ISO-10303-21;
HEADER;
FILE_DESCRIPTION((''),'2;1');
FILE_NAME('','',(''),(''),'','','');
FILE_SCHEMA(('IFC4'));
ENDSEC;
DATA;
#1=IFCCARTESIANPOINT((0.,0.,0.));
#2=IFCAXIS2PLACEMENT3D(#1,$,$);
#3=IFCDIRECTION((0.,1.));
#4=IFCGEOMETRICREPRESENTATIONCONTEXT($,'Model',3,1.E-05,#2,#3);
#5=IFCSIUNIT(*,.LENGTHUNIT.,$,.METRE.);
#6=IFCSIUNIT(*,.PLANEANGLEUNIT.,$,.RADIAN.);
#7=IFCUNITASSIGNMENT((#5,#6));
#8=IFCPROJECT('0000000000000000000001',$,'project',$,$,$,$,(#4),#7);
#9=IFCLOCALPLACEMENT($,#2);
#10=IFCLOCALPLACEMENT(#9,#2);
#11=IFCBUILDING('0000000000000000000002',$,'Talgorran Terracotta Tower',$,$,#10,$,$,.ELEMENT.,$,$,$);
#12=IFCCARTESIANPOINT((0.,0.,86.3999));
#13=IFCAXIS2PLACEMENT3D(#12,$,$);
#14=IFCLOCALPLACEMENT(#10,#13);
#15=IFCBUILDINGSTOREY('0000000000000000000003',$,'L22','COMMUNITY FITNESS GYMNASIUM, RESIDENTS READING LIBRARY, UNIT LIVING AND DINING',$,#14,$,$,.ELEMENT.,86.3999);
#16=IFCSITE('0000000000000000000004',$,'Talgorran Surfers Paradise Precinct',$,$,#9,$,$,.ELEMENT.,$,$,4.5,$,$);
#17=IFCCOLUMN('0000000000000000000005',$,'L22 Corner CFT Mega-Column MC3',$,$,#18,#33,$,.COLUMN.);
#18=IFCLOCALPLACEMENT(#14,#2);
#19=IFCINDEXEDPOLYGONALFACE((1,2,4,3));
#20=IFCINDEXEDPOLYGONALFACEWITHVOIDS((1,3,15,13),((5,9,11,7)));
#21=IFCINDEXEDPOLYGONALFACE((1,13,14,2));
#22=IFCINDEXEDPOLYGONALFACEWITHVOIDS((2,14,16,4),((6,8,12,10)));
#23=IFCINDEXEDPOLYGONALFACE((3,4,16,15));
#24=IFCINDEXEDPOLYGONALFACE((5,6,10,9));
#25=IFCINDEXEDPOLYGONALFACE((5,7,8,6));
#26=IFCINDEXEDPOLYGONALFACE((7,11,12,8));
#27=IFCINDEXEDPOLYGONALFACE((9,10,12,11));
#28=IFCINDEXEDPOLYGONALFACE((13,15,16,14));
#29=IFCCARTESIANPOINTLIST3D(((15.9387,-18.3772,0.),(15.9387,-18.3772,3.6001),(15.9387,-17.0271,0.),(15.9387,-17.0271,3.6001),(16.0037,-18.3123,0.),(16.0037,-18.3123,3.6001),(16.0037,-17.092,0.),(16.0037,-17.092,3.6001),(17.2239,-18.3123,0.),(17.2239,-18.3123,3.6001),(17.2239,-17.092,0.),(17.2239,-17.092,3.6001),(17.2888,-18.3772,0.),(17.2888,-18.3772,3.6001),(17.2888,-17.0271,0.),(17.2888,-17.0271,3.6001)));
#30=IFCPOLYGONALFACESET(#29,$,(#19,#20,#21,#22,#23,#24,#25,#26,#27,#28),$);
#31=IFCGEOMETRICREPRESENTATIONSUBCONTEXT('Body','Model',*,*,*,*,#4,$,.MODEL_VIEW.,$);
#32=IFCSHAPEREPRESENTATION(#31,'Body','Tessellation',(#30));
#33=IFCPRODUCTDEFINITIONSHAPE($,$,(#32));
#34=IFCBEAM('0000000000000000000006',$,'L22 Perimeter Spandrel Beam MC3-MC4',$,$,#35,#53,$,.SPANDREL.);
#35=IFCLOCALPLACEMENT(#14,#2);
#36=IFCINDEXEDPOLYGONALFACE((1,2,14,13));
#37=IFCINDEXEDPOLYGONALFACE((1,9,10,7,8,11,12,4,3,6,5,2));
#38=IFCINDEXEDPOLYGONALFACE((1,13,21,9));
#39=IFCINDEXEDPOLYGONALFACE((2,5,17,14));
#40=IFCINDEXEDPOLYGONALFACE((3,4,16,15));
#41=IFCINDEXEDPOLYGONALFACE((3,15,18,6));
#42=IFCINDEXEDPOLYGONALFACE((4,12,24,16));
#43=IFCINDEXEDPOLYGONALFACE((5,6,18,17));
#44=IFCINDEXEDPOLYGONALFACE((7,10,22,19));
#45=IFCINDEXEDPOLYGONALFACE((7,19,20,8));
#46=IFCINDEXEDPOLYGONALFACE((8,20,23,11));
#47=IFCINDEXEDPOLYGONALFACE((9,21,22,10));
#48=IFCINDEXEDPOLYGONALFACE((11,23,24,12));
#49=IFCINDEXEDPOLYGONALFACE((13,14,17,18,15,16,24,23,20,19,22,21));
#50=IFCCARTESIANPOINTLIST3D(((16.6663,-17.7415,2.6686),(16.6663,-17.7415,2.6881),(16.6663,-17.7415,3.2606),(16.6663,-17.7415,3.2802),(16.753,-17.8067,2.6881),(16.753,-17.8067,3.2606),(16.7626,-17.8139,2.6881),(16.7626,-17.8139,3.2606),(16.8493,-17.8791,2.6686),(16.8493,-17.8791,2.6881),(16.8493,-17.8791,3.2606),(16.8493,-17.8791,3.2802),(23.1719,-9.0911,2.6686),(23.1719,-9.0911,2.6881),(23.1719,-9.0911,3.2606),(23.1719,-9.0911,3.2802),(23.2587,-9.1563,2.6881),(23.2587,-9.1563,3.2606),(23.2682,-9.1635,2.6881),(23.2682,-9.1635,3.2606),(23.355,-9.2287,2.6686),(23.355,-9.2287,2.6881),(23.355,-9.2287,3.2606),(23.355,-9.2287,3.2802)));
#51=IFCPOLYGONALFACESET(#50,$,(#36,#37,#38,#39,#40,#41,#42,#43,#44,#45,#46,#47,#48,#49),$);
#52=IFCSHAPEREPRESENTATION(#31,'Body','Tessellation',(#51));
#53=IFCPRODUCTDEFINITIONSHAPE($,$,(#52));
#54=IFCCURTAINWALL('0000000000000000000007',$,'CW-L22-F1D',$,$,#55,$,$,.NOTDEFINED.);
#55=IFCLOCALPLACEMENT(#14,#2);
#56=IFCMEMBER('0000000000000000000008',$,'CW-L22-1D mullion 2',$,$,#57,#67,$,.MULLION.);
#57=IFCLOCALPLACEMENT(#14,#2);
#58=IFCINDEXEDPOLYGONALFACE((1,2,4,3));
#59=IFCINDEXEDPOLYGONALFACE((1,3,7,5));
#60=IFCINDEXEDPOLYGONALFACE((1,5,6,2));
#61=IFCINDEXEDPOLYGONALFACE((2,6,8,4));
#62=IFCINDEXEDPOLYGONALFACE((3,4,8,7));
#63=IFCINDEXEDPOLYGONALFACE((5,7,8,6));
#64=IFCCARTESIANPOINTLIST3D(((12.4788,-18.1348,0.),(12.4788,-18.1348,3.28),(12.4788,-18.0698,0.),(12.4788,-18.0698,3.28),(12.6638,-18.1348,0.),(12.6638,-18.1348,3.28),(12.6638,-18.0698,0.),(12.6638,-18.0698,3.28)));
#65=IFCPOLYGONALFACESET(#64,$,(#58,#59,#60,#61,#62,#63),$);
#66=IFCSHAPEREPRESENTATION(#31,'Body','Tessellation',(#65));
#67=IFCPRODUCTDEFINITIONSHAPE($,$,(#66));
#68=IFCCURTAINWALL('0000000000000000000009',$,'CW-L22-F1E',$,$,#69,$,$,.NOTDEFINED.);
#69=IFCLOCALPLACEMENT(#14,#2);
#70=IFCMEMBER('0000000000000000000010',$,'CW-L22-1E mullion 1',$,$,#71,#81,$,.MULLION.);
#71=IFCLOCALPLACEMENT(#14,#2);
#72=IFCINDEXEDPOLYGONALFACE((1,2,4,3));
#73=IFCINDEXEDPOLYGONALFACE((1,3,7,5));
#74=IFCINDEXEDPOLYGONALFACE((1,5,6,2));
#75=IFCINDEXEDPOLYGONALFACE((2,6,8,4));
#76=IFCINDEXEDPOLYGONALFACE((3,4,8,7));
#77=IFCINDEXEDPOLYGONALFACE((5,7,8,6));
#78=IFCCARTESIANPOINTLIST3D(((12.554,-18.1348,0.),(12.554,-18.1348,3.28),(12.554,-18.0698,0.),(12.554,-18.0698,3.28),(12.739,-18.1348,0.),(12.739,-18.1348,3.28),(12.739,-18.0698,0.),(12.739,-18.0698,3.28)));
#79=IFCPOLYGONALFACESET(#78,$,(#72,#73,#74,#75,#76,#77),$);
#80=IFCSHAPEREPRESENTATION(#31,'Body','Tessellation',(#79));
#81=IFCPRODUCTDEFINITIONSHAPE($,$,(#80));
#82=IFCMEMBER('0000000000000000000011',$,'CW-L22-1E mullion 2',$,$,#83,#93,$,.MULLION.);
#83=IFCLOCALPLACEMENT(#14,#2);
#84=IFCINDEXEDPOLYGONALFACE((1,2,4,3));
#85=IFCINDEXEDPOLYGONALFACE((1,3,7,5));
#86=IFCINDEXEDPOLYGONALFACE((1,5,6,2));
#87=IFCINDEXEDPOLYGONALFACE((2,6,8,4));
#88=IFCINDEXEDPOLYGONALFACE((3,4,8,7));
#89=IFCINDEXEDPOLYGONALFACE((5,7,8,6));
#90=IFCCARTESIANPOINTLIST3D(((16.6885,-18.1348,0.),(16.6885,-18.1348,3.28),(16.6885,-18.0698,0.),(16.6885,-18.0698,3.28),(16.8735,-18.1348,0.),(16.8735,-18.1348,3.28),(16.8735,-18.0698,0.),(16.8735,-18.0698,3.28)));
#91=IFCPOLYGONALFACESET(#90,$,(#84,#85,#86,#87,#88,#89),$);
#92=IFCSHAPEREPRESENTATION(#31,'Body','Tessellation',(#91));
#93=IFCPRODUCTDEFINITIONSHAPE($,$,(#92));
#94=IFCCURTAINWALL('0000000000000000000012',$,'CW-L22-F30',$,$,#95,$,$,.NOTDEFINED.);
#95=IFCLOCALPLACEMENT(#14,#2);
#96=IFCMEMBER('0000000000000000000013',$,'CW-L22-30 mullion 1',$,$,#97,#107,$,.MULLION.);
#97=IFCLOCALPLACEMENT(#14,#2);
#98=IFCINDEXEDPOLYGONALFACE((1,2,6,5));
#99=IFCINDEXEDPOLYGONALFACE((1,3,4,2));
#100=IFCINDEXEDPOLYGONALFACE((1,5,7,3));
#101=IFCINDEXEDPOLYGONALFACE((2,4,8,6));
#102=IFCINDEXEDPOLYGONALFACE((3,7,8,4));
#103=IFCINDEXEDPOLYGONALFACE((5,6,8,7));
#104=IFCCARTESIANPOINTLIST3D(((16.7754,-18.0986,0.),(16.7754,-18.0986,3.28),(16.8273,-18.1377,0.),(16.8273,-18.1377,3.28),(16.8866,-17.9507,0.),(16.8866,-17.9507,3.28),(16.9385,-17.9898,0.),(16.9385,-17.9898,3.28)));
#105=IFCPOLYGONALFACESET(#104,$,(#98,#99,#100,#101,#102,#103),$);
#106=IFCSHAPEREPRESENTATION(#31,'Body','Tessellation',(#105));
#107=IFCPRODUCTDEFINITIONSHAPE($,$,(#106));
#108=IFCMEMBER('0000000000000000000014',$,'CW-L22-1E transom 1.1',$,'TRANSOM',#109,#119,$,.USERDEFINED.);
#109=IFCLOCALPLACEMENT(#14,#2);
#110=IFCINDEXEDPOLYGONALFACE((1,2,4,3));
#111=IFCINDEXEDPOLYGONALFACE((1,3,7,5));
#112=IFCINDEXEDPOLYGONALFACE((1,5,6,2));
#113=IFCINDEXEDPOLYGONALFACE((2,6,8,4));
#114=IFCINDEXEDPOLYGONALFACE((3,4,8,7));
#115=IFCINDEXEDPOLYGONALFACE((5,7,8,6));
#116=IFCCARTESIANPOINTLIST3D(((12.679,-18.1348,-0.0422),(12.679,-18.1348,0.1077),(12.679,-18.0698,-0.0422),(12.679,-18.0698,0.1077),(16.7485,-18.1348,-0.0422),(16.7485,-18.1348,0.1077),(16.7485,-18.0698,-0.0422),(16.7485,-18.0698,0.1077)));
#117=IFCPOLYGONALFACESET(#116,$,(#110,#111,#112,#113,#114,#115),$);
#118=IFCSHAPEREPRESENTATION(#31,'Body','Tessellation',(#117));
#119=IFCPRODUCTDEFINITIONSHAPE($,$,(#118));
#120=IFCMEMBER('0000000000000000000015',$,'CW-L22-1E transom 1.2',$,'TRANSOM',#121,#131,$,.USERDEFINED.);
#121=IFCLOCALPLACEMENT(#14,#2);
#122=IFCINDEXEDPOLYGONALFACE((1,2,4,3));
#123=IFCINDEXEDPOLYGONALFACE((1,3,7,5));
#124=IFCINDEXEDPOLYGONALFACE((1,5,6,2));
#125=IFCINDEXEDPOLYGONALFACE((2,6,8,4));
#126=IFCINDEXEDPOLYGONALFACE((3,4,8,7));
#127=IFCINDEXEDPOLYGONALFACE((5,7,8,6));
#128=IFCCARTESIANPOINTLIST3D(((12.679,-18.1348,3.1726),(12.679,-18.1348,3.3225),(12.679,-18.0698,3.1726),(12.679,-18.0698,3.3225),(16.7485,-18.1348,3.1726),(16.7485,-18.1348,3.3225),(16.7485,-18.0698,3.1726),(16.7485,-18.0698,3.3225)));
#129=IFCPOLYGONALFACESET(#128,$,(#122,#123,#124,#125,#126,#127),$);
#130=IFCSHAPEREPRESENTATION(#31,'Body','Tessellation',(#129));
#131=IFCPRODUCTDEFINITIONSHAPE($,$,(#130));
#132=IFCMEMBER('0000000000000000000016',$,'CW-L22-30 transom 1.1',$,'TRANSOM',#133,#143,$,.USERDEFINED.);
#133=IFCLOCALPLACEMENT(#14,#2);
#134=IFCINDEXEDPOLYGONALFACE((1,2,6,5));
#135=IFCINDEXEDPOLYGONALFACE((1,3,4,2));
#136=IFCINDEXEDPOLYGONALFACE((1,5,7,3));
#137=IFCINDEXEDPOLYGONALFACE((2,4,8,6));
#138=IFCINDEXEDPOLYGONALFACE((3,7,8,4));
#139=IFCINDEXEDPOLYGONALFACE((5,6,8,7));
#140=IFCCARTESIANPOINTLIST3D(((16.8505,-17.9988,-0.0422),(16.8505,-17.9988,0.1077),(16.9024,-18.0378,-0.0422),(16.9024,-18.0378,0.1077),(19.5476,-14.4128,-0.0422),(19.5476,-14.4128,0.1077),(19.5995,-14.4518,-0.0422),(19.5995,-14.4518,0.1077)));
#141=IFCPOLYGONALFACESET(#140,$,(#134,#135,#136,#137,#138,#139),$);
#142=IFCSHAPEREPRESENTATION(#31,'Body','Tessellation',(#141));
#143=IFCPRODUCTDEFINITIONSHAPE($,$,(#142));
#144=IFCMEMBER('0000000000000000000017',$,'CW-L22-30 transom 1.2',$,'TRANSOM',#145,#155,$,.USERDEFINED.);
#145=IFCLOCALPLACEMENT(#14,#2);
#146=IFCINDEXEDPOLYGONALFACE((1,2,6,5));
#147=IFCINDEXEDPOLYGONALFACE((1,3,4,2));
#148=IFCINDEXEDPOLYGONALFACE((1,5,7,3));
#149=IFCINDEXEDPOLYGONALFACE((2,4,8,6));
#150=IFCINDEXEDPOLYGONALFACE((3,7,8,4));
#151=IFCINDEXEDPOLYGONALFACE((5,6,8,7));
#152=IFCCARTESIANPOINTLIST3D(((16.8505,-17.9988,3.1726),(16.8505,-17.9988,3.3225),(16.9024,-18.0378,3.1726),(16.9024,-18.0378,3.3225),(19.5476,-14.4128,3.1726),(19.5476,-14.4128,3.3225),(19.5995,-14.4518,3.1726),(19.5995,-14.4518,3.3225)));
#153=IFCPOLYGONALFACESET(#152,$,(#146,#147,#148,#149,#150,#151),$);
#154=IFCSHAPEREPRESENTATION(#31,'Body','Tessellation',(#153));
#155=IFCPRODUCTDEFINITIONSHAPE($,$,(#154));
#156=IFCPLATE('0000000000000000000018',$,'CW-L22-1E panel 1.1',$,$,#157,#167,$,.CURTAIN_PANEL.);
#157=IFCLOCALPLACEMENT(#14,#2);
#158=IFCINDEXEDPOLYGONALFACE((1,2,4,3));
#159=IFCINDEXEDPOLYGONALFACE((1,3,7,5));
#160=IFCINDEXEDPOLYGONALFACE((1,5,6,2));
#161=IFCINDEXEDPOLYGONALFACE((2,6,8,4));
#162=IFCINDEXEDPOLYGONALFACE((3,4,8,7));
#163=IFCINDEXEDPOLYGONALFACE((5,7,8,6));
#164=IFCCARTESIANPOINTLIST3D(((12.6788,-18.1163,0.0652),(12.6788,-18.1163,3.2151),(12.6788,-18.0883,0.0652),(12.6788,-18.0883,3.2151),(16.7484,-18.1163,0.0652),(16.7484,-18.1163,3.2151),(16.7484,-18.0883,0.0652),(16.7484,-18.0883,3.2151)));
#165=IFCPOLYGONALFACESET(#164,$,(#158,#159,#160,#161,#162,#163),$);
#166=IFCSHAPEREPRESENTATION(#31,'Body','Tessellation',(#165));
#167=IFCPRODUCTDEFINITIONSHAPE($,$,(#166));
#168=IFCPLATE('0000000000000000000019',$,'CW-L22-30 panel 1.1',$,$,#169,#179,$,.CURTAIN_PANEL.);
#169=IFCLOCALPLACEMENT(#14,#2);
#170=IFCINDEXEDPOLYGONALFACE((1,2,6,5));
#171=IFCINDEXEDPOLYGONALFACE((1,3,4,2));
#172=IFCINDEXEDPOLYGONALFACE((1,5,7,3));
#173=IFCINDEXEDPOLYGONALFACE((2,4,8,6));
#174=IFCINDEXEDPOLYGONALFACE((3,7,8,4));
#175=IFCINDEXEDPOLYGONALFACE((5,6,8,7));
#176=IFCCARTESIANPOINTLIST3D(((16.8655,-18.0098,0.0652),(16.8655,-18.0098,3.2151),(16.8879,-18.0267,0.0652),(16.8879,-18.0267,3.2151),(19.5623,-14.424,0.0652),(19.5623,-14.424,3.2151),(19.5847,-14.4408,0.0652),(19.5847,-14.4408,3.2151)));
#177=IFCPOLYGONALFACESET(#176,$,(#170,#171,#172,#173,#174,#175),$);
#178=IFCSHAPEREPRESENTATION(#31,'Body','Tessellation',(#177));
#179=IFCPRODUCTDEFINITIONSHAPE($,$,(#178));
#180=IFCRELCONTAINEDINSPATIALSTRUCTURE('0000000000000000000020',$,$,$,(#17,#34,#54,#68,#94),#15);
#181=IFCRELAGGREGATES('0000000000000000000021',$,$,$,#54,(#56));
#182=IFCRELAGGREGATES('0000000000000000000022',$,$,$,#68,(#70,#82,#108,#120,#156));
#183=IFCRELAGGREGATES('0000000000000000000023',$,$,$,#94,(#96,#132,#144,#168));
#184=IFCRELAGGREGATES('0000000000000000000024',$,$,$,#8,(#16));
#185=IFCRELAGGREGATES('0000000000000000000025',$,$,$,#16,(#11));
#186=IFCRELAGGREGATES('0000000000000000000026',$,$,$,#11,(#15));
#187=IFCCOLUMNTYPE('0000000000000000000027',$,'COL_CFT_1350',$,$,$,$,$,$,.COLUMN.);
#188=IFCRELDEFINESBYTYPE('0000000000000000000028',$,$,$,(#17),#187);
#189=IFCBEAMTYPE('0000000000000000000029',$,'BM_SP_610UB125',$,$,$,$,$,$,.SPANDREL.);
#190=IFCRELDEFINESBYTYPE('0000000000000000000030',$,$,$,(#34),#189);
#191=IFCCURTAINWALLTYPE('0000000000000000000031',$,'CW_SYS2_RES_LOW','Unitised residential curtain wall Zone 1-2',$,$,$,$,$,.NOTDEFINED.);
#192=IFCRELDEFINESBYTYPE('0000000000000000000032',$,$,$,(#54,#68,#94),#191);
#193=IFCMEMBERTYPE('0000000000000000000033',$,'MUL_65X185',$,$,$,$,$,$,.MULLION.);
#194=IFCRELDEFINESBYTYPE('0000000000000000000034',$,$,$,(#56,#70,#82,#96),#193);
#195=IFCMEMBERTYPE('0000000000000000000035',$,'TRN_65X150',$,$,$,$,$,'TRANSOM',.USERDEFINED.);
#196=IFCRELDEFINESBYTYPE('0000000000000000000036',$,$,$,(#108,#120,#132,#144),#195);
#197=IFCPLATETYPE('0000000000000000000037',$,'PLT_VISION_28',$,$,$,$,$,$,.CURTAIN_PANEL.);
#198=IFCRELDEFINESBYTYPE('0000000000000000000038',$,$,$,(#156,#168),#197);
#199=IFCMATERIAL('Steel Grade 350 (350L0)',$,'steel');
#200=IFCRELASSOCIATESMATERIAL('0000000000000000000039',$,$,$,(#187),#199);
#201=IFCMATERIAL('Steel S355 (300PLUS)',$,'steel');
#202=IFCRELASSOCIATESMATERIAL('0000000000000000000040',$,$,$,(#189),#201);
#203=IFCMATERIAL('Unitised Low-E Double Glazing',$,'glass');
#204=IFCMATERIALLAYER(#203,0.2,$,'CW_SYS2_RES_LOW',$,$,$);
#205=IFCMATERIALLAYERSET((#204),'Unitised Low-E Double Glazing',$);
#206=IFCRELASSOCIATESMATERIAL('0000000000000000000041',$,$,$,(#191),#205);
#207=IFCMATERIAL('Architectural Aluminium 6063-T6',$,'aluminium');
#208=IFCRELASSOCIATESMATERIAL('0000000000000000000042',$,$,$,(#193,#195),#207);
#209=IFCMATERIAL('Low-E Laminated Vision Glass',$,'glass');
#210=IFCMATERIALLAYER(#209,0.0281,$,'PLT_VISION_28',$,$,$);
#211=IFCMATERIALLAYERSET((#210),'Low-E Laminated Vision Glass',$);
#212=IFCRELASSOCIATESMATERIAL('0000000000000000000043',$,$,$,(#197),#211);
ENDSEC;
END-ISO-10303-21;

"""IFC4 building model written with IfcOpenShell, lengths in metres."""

from ifc_helpers import new_model, si_unit, direction, frame, origin, origin_2d, place, context, subcontext, project, spatial, rectangle, hollow_rectangle, i_section, extrude, source, transform, mapped, material, layer, layer_set, material_profile, profile_set, type_object, type_shapes, element, aggregate, save


model = new_model("IFC4")

# Units and contexts
model_context = context("Model", 3, precision=1e-05, world=origin(), true_north=direction((0.0, 1.0)))
body_context = subcontext(model_context, "Body", "Model", "MODEL_VIEW")
ifc_project = project(units=[si_unit("LENGTHUNIT", "METRE"), si_unit("PLANEANGLEUNIT", "RADIAN")], contexts=[model_context])

# Site, building, storey
site_placement = place(None, origin())
site = spatial("IfcSite", under=ifc_project, at=site_placement, Name="Talgorran Surfers Paradise Precinct", CompositionType="ELEMENT", RefElevation=4.5)
building_placement = place(site_placement, origin())
building = spatial("IfcBuilding", under=site, at=building_placement, Name="Talgorran Terracotta Tower", CompositionType="ELEMENT")
storey_placement = place(building_placement, frame((0.0, 0.0, 86.3999)))
storey = spatial("IfcBuildingStorey", under=building, at=storey_placement, Name="L22", Description="COMMUNITY FITNESS GYMNASIUM, RESIDENTS READING LIBRARY, UNIT LIVING AND DINING", CompositionType="ELEMENT", Elevation=86.3999)

# Column
ifc_material_1 = material(Name="Steel Grade 350 (350L0)", Category="steel")
ifc_material_profile_1 = material_profile(ifc_material_1, hollow_rectangle(XDim=1.3501, YDim=1.3501, WallThickness=0.0649, at=origin_2d()), Name="CFT1350X1350X65")
ifc_profile_set_1 = profile_set([ifc_material_profile_1], Name="Steel Grade 350 (350L0)")
column_type = type_object("IfcColumnType", Name="COL_CFT_1350", PredefinedType="COLUMN", material=ifc_profile_set_1)
column_placement = place(storey_placement, frame((16.6138, -17.7021, 0.0), z_axis=(0.0, 0.0, 1.0), x_axis=(1.0, 0.0, 0.0)))
element("IfcColumn", 1, at=column_placement, inside=storey, type_object=column_type, Name="L22 Corner CFT Mega-Column MC3", PredefinedType="COLUMN", context=body_context, shape_type="SweptSolid", body=[
    extrude(hollow_rectangle(XDim=1.3501, YDim=1.3501, WallThickness=0.0649, at=origin_2d()), origin(), (0.0, 0.0, 1.0), 3.6001),
])

# Beam
ifc_material_2 = material(Name="Steel S355 (300PLUS)", Category="steel")
ifc_material_profile_2 = material_profile(ifc_material_2, i_section(OverallWidth=0.229, OverallDepth=0.6116, WebThickness=0.012, FlangeThickness=0.0195, at=origin_2d()), Name="610UB125")
ifc_profile_set_2 = profile_set([ifc_material_profile_2], Name="Steel S355 (300PLUS)")
beam_type = type_object("IfcBeamType", Name="BM_SP_610UB125", PredefinedType="SPANDREL", material=ifc_profile_set_2)
beam_placement = place(storey_placement, frame((16.7578, -17.8103, 2.9744), z_axis=(0.601053, 0.799209, 0.0), x_axis=(-0.799209, 0.601053, 0.0)))
element("IfcBeam", 2, at=beam_placement, inside=storey, type_object=beam_type, Name="L22 Perimeter Spandrel Beam MC3-MC4", PredefinedType="SPANDREL", context=body_context, shape_type="SweptSolid", body=[
    extrude(i_section(OverallWidth=0.229, OverallDepth=0.6116, WebThickness=0.012, FlangeThickness=0.0195, at=origin_2d()), origin(), (0.0, 0.0, 1.0), 10.8237),
])

# Curtain wall, member
ifc_material_3 = material(Name="Unitised Low-E Double Glazing", Category="glass")
ifc_layer_1 = layer(ifc_material_3, 0.2, Name="CW_SYS2_RES_LOW")
ifc_layer_set_1 = layer_set([ifc_layer_1], Name="Unitised Low-E Double Glazing")
curtain_wall_type = type_object("IfcCurtainWallType", Name="CW_SYS2_RES_LOW", Description="Unitised residential curtain wall Zone 1-2", PredefinedType="NOTDEFINED", material=ifc_layer_set_1)
curtain_wall_1_placement = place(storey_placement, origin())
curtain_wall_1 = element("IfcCurtainWall", 3, at=curtain_wall_1_placement, inside=storey, type_object=curtain_wall_type, Name="CW-L22-F1D", PredefinedType="NOTDEFINED")
ifc_material_4 = material(Name="Architectural Aluminium 6063-T6", Category="aluminium")
ifc_material_profile_3 = material_profile(ifc_material_4, rectangle(XDim=0.0649, YDim=0.1851, at=origin_2d()), Name="CWM65X185")
ifc_profile_set_3 = profile_set([ifc_material_profile_3], Name="Architectural Aluminium 6063-T6")
member_type_1 = type_object("IfcMemberType", Name="MUL_65X185", PredefinedType="MULLION", material=ifc_profile_set_3)
member_1_placement = place(storey_placement, frame((12.5713, -18.1023, 0.0), z_axis=(0.0, 0.0, 1.0), x_axis=(0.0, 1.0, 0.0)))
member_1 = element("IfcMember", 4, at=member_1_placement, type_object=member_type_1, Name="CW-L22-1D mullion 2", PredefinedType="MULLION", context=body_context, shape_type="SweptSolid", body=[
    extrude(rectangle(XDim=0.0649, YDim=0.1851, at=origin_2d()), origin(), (0.0, 0.0, 1.0), 3.28),
])
aggregate(curtain_wall_1, [member_1])

# Curtain wall, members
curtain_wall_2_placement = place(storey_placement, origin())
curtain_wall_2 = element("IfcCurtainWall", 5, at=curtain_wall_2_placement, inside=storey, type_object=curtain_wall_type, Name="CW-L22-F1E", PredefinedType="NOTDEFINED")
member_2_placement = place(storey_placement, frame((12.6465, -18.1023, 0.0), z_axis=(0.0, 0.0, 1.0), x_axis=(0.0, 1.0, 0.0)))
member_2 = element("IfcMember", 6, at=member_2_placement, type_object=member_type_1, Name="CW-L22-1E mullion 1", PredefinedType="MULLION", context=body_context, shape_type="SweptSolid", body=[
    extrude(rectangle(XDim=0.0649, YDim=0.1851, at=origin_2d()), origin(), (0.0, 0.0, 1.0), 3.28),
])
member_3_placement = place(storey_placement, frame((16.781, -18.1023, 0.0), z_axis=(0.0, 0.0, 1.0), x_axis=(0.0, 1.0, 0.0)))
member_3 = element("IfcMember", 7, at=member_3_placement, type_object=member_type_1, Name="CW-L22-1E mullion 2", PredefinedType="MULLION", context=body_context, shape_type="SweptSolid", body=[
    extrude(rectangle(XDim=0.0649, YDim=0.1851, at=origin_2d()), origin(), (0.0, 0.0, 1.0), 3.28),
])

# Curtain wall, member
curtain_wall_3_placement = place(storey_placement, origin())
curtain_wall_3 = element("IfcCurtainWall", 8, at=curtain_wall_3_placement, inside=storey, type_object=curtain_wall_type, Name="CW-L22-F30", PredefinedType="NOTDEFINED")
member_4_placement = place(storey_placement, frame((16.8569, -18.0442, 0.0), z_axis=(0.0, 0.0, 1.0), x_axis=(-0.799204, 0.60106, 0.0)))
member_4 = element("IfcMember", 9, at=member_4_placement, type_object=member_type_1, Name="CW-L22-30 mullion 1", PredefinedType="MULLION", context=body_context, shape_type="SweptSolid", body=[
    extrude(rectangle(XDim=0.0649, YDim=0.1851, at=origin_2d()), origin(), (0.0, 0.0, 1.0), 3.28),
])

# Members
ifc_material_profile_4 = material_profile(ifc_material_4, rectangle(XDim=0.0649, YDim=0.1499, at=origin_2d()), Name="CWT65X150")
ifc_profile_set_4 = profile_set([ifc_material_profile_4], Name="Architectural Aluminium 6063-T6")
member_type_2 = type_object("IfcMemberType", Name="TRN_65X150", ElementType="TRANSOM", PredefinedType="USERDEFINED", material=ifc_profile_set_4)
member_5_placement = place(storey_placement, frame((12.679, -18.1023, 0.0327), z_axis=(1.0, 0.0, 0.0), x_axis=(0.0, 1.0, 0.0)))
member_5 = element("IfcMember", 10, at=member_5_placement, type_object=member_type_2, Name="CW-L22-1E transom 1.1", ObjectType="TRANSOM", PredefinedType="USERDEFINED", context=body_context, shape_type="SweptSolid", body=[
    extrude(rectangle(XDim=0.0649, YDim=0.1499, at=origin_2d()), origin(), (0.0, 0.0, 1.0), 4.0696),
])
member_6_placement = place(storey_placement, frame((12.679, -18.1023, 3.2476), z_axis=(1.0, 0.0, 0.0), x_axis=(0.0, 1.0, 0.0)))
member_6 = element("IfcMember", 11, at=member_6_placement, type_object=member_type_2, Name="CW-L22-1E transom 1.2", ObjectType="TRANSOM", PredefinedType="USERDEFINED", context=body_context, shape_type="SweptSolid", body=[
    extrude(rectangle(XDim=0.0649, YDim=0.1499, at=origin_2d()), origin(), (0.0, 0.0, 1.0), 4.0696),
])
member_7_placement = place(storey_placement, frame((16.8765, -18.0183, 0.0327), z_axis=(0.601079, 0.79919, 0.0), x_axis=(-0.79919, 0.601079, 0.0)))
member_7 = element("IfcMember", 12, at=member_7_placement, type_object=member_type_2, Name="CW-L22-30 transom 1.1", ObjectType="TRANSOM", PredefinedType="USERDEFINED", context=body_context, shape_type="SweptSolid", body=[
    extrude(rectangle(XDim=0.0649, YDim=0.1499, at=origin_2d()), origin(), (0.0, 0.0, 1.0), 4.4871),
])
member_8_placement = place(storey_placement, frame((16.8765, -18.0183, 3.2476), z_axis=(0.601079, 0.79919, 0.0), x_axis=(-0.79919, 0.601079, 0.0)))
member_8 = element("IfcMember", 13, at=member_8_placement, type_object=member_type_2, Name="CW-L22-30 transom 1.2", ObjectType="TRANSOM", PredefinedType="USERDEFINED", context=body_context, shape_type="SweptSolid", body=[
    extrude(rectangle(XDim=0.0649, YDim=0.1499, at=origin_2d()), origin(), (0.0, 0.0, 1.0), 4.4871),
])

# Plates
ifc_material_5 = material(Name="Low-E Laminated Vision Glass", Category="glass")
ifc_layer_2 = layer(ifc_material_5, 0.0281, Name="PLT_VISION_28")
ifc_layer_set_2 = layer_set([ifc_layer_2], Name="Low-E Laminated Vision Glass")
plate_type = type_object("IfcPlateType", Name="PLT_VISION_28", PredefinedType="CURTAIN_PANEL", material=ifc_layer_set_2)
shared_shape_1 = source(origin(), body_context, "Body", "SweptSolid", [
    extrude(rectangle(XDim=4.0696, YDim=0.0281, at=origin_2d()), origin(), (0.0, 0.0, 1.0), 3.1499),
])
plate_1_placement = place(storey_placement, frame((14.7136, -18.1023, 0.0652), z_axis=(0.0, 0.0, 1.0), x_axis=(1.0, 0.0, 0.0)))
plate_1 = element("IfcPlate", 14, at=plate_1_placement, type_object=plate_type, Name="CW-L22-1E panel 1.1", PredefinedType="CURTAIN_PANEL", context=body_context, shape_type="MappedRepresentation", body=[
    mapped(shared_shape_1, transform((0.0, 0.0, 0.0), scale=1.0)),
])
aggregate(curtain_wall_2, [member_2, member_3, member_5, member_6, plate_1])
shared_shape_2 = source(origin(), body_context, "Body", "SweptSolid", [
    extrude(rectangle(XDim=4.4868, YDim=0.0281, at=origin_2d()), origin(), (0.0, 0.0, 1.0), 3.1499),
])
type_shapes(plate_type, [shared_shape_1, shared_shape_2])
plate_2_placement = place(storey_placement, frame((18.2251, -16.2253, 0.0652), z_axis=(0.0, 0.0, 1.0), x_axis=(0.60106, 0.799204, 0.0)))
plate_2 = element("IfcPlate", 15, at=plate_2_placement, type_object=plate_type, Name="CW-L22-30 panel 1.1", PredefinedType="CURTAIN_PANEL", context=body_context, shape_type="MappedRepresentation", body=[
    mapped(shared_shape_2, transform((0.0, 0.0, 0.0), scale=1.0)),
])
aggregate(curtain_wall_3, [member_4, member_7, member_8, plate_2])

save(model, "model.ifc")
